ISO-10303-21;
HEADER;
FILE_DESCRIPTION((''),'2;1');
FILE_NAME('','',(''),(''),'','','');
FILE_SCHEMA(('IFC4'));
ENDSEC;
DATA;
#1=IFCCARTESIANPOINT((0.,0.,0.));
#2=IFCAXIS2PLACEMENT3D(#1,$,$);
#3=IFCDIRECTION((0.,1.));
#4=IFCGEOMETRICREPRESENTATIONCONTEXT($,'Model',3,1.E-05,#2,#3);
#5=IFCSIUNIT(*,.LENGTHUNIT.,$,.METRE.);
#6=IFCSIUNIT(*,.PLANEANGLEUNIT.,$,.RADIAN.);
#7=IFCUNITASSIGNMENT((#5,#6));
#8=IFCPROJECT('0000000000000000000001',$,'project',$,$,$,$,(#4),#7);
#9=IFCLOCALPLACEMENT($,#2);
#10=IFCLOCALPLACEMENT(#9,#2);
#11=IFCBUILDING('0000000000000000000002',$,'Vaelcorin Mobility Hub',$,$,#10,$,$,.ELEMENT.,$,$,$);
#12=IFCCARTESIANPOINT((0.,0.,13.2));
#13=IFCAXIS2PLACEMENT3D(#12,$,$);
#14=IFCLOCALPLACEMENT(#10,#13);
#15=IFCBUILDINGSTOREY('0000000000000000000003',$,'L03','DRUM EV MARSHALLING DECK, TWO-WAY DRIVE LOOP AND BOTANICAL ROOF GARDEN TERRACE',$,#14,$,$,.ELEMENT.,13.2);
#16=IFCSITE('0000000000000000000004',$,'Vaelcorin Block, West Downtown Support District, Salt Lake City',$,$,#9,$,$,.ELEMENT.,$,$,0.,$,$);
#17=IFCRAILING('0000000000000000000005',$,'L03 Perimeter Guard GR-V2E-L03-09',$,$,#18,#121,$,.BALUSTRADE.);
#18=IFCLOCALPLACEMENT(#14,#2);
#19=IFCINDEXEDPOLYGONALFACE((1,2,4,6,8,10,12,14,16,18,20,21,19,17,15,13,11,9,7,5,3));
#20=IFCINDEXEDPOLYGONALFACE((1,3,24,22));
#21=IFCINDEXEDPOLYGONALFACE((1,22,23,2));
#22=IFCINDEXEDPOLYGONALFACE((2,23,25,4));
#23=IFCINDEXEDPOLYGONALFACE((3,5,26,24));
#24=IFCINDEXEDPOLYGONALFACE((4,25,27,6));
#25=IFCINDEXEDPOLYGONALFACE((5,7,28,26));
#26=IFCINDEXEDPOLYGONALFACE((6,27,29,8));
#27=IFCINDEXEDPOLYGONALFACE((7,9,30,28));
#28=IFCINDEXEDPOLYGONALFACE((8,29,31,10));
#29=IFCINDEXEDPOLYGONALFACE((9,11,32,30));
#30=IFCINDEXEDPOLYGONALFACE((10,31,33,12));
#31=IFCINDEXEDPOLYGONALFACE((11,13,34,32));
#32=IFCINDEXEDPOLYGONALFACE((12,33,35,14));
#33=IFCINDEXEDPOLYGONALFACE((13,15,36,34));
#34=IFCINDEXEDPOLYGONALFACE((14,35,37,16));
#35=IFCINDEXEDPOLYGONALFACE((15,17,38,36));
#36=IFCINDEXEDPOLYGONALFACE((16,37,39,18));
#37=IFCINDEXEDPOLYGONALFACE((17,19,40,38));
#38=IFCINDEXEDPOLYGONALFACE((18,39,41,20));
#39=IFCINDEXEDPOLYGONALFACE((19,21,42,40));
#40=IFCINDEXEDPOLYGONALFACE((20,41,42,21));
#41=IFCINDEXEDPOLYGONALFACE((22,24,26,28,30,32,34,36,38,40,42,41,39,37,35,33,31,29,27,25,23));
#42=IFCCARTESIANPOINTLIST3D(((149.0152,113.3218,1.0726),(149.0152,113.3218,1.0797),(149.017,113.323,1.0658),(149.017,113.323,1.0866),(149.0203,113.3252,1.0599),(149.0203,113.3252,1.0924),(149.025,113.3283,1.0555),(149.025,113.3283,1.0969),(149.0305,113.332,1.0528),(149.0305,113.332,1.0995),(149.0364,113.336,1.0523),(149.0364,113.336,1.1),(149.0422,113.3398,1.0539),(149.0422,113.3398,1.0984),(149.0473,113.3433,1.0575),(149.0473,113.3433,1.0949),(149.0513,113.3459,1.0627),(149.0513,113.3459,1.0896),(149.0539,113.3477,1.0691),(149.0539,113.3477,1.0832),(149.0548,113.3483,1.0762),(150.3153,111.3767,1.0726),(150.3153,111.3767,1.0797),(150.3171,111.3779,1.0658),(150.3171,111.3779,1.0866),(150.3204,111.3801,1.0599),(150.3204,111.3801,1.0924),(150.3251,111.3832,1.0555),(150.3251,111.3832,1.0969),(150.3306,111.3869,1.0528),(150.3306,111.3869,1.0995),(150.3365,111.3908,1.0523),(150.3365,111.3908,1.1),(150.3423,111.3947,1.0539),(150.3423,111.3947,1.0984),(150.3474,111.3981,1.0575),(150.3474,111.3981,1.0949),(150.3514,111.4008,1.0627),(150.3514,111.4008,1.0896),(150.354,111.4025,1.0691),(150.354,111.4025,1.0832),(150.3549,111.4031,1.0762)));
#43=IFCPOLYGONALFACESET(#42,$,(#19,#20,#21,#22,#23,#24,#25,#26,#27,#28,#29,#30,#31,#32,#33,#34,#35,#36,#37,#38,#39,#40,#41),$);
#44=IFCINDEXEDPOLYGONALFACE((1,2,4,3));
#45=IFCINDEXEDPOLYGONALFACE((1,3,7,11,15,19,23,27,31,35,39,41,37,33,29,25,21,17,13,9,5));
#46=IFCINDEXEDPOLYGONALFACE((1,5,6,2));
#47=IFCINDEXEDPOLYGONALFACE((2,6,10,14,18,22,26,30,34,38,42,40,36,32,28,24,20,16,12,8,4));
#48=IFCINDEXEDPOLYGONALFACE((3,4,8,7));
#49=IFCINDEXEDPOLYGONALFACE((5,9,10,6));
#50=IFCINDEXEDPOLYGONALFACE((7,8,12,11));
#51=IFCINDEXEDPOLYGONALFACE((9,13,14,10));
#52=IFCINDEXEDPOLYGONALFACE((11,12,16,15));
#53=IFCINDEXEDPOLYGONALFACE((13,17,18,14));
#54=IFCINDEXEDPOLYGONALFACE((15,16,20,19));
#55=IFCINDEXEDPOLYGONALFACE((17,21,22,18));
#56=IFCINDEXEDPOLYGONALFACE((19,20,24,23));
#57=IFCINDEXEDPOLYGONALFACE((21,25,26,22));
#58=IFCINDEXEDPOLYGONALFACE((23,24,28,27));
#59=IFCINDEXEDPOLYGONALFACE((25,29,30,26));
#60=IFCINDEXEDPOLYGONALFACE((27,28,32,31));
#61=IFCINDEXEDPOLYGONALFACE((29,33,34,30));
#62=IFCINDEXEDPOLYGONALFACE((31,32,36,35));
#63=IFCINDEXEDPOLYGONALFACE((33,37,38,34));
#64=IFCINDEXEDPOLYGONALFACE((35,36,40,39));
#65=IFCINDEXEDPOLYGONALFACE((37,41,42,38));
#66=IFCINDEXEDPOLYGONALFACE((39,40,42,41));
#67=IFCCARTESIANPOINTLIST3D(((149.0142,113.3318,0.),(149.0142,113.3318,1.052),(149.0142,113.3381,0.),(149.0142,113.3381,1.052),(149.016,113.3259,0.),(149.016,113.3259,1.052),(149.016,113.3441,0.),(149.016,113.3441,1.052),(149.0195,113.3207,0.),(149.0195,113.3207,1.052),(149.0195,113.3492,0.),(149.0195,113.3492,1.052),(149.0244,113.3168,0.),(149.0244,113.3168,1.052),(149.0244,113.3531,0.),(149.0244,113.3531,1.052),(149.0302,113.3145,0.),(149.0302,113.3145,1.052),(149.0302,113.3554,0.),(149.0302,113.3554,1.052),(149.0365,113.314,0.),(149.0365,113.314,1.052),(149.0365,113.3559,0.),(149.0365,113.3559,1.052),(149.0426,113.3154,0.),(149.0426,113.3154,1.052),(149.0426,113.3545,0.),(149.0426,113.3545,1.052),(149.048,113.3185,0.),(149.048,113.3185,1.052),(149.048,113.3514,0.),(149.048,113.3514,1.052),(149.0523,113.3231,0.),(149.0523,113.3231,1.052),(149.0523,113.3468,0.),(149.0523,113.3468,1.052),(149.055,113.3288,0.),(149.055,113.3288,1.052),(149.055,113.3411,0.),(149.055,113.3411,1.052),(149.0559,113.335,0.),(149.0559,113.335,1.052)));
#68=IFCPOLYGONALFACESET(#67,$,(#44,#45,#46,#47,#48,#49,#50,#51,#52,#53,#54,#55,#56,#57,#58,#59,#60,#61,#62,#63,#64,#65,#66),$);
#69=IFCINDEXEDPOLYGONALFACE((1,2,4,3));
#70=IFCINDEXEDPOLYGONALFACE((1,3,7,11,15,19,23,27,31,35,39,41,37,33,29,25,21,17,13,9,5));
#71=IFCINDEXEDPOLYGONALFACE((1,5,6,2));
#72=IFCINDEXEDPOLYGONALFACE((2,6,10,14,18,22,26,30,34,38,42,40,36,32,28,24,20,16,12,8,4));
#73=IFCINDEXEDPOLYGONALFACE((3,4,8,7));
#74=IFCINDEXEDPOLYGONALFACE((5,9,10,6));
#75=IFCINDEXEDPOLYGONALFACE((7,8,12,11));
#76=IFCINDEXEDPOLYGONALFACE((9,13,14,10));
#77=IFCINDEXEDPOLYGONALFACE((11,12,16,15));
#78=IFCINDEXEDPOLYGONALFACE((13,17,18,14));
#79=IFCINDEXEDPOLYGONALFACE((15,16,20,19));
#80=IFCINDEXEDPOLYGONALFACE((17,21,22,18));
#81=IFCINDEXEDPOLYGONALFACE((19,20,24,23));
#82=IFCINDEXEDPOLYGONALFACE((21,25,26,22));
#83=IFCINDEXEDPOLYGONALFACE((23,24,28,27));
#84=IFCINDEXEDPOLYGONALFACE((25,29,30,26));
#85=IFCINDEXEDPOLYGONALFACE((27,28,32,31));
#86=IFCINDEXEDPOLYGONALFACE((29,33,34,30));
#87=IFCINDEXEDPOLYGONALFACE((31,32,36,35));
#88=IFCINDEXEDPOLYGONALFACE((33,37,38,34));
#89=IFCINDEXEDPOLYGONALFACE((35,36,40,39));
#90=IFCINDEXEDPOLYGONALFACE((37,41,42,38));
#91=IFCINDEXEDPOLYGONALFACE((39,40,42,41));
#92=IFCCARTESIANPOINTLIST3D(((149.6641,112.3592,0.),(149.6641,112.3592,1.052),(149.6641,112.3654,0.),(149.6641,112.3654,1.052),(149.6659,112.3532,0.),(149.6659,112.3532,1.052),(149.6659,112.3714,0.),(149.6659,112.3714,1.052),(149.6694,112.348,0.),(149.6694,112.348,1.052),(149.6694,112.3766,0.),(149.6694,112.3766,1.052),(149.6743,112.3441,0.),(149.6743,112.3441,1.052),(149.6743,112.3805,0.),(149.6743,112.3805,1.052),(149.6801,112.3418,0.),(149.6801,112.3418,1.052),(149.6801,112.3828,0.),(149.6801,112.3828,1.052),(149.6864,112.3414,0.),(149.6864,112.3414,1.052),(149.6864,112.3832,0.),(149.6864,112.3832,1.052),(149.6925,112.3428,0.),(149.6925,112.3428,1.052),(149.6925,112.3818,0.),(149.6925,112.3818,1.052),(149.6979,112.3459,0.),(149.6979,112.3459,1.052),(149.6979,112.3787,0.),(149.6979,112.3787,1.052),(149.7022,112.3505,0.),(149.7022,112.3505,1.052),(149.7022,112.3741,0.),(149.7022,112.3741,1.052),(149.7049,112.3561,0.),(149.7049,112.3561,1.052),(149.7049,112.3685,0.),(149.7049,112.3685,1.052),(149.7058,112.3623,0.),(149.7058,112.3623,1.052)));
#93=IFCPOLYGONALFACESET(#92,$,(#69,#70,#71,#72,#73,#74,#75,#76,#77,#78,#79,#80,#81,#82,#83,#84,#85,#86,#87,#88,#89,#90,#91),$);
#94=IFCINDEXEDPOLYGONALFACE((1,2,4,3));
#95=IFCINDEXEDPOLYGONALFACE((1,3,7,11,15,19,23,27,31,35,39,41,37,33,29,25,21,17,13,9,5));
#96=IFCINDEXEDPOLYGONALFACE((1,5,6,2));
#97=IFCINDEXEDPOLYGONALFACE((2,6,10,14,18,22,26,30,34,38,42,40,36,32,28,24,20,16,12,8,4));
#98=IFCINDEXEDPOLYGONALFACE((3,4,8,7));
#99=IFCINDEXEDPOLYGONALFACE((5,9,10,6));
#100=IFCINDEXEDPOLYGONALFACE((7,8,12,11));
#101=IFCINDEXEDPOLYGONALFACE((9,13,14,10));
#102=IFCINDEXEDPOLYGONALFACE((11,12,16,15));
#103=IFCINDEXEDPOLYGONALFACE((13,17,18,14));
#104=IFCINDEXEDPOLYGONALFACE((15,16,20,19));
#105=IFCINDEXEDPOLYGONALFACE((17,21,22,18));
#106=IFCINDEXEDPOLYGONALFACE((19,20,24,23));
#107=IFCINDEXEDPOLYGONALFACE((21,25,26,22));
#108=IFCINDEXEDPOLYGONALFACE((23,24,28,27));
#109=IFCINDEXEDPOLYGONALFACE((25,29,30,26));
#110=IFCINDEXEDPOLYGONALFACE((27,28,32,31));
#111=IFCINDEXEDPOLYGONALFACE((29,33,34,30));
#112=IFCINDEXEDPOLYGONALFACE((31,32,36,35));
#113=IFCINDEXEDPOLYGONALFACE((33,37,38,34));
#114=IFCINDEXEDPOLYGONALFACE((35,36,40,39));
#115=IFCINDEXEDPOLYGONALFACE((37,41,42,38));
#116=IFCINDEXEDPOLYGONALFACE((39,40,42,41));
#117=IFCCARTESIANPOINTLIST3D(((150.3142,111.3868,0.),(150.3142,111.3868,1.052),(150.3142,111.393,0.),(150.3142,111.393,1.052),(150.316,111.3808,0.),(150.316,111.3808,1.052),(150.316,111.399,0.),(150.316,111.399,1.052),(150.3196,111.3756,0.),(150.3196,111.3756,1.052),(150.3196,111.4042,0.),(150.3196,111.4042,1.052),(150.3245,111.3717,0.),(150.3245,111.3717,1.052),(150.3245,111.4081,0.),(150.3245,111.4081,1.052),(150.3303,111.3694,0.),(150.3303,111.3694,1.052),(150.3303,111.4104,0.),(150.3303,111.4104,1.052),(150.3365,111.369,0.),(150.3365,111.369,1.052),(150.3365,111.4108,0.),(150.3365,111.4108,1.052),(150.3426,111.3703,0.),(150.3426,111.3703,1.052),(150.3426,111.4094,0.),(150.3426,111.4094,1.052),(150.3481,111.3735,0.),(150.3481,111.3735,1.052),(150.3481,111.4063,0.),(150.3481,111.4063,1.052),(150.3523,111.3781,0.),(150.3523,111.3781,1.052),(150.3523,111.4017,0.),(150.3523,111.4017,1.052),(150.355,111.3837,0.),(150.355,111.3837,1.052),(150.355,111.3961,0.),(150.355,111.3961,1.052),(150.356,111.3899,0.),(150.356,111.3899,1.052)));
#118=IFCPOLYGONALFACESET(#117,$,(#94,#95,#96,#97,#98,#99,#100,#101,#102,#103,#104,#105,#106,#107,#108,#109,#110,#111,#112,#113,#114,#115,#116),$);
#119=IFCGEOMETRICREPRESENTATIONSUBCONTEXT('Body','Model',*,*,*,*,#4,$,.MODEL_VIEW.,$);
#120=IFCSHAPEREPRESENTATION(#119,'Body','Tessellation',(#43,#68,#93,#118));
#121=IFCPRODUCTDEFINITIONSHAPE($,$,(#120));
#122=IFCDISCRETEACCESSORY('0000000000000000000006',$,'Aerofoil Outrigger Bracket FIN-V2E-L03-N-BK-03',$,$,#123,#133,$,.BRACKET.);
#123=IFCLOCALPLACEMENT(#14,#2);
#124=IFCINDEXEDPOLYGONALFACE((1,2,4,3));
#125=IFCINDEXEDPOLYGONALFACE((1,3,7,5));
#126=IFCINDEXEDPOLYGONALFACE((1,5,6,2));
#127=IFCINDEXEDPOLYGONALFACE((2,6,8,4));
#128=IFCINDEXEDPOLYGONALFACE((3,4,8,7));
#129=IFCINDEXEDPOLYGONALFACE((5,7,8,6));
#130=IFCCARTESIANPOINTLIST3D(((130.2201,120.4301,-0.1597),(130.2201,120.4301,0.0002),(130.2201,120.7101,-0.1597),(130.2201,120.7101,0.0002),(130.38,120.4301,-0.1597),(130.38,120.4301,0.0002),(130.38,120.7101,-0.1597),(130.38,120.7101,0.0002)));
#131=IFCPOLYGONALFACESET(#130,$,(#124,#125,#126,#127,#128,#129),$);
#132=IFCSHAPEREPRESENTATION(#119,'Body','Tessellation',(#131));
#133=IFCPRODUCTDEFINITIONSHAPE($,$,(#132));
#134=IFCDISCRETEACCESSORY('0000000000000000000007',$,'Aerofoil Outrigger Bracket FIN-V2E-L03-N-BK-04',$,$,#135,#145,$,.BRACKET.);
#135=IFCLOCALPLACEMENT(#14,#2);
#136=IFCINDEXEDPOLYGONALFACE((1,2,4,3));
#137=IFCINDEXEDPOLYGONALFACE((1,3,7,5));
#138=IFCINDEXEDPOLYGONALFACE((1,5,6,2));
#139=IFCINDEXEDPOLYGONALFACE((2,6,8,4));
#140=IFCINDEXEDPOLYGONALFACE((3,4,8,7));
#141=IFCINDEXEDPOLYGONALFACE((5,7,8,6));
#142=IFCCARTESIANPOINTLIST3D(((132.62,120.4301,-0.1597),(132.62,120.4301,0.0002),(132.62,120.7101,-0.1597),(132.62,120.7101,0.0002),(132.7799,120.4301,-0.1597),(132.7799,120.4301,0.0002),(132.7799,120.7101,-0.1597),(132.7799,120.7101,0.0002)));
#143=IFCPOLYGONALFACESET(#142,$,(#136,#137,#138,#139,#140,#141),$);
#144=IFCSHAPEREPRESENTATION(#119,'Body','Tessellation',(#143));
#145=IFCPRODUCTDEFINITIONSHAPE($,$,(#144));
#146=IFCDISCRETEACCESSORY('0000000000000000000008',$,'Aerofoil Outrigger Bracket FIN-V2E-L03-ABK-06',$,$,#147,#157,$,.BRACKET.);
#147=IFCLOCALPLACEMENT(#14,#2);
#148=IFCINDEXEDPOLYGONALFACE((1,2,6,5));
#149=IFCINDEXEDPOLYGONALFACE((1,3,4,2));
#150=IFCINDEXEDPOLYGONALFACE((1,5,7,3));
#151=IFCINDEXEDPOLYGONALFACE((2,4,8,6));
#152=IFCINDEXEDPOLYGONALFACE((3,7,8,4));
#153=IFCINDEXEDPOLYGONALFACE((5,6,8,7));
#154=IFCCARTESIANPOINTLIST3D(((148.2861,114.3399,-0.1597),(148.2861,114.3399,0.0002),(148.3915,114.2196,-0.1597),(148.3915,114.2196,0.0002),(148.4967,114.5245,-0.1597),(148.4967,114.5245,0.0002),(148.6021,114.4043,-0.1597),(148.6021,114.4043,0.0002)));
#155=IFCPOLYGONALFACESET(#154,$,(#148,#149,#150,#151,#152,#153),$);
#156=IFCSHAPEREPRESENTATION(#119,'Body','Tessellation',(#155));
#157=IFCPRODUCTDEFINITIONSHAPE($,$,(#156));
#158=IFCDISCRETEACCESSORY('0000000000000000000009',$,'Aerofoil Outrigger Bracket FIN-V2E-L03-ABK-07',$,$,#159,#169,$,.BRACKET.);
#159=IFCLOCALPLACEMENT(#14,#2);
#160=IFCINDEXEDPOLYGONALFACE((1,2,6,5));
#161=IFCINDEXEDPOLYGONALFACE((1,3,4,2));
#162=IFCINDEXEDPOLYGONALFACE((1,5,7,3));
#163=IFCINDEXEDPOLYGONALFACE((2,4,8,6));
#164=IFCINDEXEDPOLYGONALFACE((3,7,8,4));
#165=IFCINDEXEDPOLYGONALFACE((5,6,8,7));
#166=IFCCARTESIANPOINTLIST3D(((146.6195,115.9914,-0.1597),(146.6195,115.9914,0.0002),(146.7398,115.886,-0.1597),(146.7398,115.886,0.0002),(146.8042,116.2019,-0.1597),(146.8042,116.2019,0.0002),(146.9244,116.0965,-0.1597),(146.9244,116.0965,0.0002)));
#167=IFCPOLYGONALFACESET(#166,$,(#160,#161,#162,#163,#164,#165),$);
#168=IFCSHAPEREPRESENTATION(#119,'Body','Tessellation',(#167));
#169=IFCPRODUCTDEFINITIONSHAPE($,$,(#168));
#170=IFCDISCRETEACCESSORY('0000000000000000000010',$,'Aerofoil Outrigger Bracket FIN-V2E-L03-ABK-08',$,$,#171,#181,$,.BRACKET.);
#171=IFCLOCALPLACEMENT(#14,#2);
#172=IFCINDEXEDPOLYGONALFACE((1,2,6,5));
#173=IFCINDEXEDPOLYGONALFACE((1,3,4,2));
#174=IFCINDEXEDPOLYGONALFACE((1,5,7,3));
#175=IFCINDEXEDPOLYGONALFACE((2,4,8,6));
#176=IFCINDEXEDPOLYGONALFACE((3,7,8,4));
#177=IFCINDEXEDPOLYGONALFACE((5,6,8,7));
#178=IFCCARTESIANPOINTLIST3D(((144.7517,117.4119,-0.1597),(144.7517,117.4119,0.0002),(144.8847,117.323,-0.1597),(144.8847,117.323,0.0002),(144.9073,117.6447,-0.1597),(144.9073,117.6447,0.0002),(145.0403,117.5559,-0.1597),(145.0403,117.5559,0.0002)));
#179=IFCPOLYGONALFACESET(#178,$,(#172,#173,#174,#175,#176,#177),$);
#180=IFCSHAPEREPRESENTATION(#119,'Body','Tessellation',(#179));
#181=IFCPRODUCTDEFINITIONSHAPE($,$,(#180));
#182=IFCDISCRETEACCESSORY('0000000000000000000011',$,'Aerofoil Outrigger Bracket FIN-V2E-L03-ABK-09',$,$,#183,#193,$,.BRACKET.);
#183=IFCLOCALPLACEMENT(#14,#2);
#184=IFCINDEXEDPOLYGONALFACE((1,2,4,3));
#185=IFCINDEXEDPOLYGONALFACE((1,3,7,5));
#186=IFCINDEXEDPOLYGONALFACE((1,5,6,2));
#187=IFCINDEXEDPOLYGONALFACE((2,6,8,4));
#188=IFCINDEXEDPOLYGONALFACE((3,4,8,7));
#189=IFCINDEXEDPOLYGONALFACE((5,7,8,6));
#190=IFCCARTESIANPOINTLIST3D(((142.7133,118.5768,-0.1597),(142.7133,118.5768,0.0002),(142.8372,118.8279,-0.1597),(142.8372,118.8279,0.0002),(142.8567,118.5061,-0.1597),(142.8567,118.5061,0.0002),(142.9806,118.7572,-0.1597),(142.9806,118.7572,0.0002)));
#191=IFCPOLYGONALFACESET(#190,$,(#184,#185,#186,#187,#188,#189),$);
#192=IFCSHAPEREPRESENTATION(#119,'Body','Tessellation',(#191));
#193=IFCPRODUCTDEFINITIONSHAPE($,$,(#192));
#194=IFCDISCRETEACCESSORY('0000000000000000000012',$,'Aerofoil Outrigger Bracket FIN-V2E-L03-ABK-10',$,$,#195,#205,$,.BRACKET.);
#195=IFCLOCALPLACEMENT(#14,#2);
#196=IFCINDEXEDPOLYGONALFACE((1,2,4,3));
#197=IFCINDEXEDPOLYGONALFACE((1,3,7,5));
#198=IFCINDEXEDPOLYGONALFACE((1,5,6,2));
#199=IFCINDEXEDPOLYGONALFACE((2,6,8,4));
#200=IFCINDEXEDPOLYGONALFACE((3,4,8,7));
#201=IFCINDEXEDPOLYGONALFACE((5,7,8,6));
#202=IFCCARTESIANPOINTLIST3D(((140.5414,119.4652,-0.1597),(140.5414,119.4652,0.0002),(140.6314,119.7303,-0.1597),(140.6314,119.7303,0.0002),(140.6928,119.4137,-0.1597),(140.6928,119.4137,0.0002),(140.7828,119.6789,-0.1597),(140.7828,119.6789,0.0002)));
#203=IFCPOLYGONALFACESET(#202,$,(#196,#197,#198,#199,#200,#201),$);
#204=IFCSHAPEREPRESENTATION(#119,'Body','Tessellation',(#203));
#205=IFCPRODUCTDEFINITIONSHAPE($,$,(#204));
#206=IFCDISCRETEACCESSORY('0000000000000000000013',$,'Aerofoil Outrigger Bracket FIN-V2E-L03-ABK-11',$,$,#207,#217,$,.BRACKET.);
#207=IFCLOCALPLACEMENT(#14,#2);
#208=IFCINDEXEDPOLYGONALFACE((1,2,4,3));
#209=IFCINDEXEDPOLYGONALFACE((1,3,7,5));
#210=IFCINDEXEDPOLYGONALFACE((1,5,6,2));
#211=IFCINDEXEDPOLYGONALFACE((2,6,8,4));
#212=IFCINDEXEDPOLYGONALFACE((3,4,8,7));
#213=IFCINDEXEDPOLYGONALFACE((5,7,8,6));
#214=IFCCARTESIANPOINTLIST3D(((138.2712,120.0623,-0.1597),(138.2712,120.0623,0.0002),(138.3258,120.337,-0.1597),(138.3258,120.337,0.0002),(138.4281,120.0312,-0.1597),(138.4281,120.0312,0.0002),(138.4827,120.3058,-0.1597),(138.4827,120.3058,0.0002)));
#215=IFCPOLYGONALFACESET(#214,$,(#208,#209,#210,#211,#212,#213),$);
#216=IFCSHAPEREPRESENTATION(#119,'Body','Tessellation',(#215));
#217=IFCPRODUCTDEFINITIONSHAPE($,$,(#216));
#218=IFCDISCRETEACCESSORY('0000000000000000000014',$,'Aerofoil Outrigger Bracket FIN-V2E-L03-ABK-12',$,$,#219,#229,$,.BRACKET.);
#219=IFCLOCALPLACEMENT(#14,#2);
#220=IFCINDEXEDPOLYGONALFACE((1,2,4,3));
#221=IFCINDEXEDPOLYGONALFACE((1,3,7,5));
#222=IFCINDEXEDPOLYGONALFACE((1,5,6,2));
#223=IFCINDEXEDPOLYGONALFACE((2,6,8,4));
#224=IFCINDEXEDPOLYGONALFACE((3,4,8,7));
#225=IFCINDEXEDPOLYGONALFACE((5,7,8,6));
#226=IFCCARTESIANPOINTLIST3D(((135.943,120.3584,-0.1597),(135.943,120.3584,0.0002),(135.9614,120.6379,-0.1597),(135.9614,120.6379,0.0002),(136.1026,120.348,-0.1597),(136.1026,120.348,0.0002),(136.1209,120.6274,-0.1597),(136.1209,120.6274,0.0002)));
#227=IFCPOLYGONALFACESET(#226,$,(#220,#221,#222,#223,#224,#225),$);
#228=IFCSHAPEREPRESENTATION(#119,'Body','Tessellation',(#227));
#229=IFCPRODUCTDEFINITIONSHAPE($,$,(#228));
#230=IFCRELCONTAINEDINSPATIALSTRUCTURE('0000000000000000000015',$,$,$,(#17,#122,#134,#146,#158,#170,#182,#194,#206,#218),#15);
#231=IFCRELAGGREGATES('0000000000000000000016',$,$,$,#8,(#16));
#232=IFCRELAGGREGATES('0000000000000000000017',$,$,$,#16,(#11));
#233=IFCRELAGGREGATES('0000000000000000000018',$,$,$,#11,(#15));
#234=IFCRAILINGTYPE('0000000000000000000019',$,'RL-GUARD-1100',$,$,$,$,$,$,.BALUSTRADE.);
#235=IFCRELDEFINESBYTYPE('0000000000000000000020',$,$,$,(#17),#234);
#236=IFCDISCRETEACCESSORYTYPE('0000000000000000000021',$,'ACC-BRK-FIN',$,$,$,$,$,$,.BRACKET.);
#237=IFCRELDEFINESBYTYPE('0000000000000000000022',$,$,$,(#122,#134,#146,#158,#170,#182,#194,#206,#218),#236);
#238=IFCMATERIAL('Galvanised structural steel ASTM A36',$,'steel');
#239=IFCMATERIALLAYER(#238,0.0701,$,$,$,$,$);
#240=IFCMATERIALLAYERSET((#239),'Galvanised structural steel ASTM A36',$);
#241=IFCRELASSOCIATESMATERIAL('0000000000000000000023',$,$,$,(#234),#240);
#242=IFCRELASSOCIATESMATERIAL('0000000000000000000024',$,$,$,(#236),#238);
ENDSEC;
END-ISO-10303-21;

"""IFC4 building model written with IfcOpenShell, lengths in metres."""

from ifc_helpers import new_model, si_unit, direction, frame, origin, origin_2d, place, context, subcontext, project, spatial, rectangle, circle, extrude, material, layer, layer_set, type_object, element, save


model = new_model("IFC4")

# Units and contexts
model_context = context("Model", 3, precision=1e-05, world=origin(), true_north=direction((0.0, 1.0)))
body_context = subcontext(model_context, "Body", "Model", "MODEL_VIEW")
ifc_project = project(units=[si_unit("LENGTHUNIT", "METRE"), si_unit("PLANEANGLEUNIT", "RADIAN")], contexts=[model_context])

# Site, building, storey
site_placement = place(None, origin())
site = spatial("IfcSite", under=ifc_project, at=site_placement, Name="Vaelcorin Block, West Downtown Support District, Salt Lake City", CompositionType="ELEMENT", RefElevation=0.0)
building_placement = place(site_placement, origin())
building = spatial("IfcBuilding", under=site, at=building_placement, Name="Vaelcorin Mobility Hub", CompositionType="ELEMENT")
storey_placement = place(building_placement, frame((0.0, 0.0, 13.2)))
storey = spatial("IfcBuildingStorey", under=building, at=storey_placement, Name="L03", Description="DRUM EV MARSHALLING DECK, TWO-WAY DRIVE LOOP AND BOTANICAL ROOF GARDEN TERRACE", CompositionType="ELEMENT", Elevation=13.2)

# Railing
ifc_material_1 = material(Name="Galvanised structural steel ASTM A36", Category="steel")
ifc_layer_1 = layer(ifc_material_1, 0.0701)
ifc_layer_set_1 = layer_set([ifc_layer_1], Name="Galvanised structural steel ASTM A36")
railing_type = type_object("IfcRailingType", Name="RL-GUARD-1100", PredefinedType="BALUSTRADE", material=ifc_layer_set_1)
railing_1_placement = place(storey_placement, frame((149.0349, 113.335, 0.0)))
element("IfcRailing", 1, at=railing_1_placement, inside=storey, type_object=railing_type, Name="L03 Perimeter Guard GR-V2E-L03-09", PredefinedType="BALUSTRADE", context=body_context, shape_type="SweptSolid", body=[
    extrude(circle(Radius=0.0239, at=origin_2d()), frame((0.0, 0.0, 1.0762), z_axis=(0.555687, -0.831391, 0.0), x_axis=(0.831391, 0.555687, 0.0)), (0.0, 0.0, 1.0), 2.3396),
    extrude(circle(Radius=0.021, at=origin_2d()), origin(), (0.0, 0.0, 1.0), 1.052),
    extrude(circle(Radius=0.021, at=origin_2d()), frame((0.6499, -0.9727, 0.0)), (0.0, 0.0, 1.0), 1.052),
    extrude(circle(Radius=0.021, at=origin_2d()), frame((1.3, -1.9451, 0.0)), (0.0, 0.0, 1.0), 1.052),
])

# Discrete accessories
discrete_accessory_type = type_object("IfcDiscreteAccessoryType", Name="ACC-BRK-FIN", PredefinedType="BRACKET", material=ifc_material_1)
for number, where, z_axis, x_axis, name in (
    (2, (130.3, 120.5701, -0.1597), (0.0, 0.0, 1.0), (0.0, 1.0, 0.0), "Aerofoil Outrigger Bracket FIN-V2E-L03-N-BK-03"),
    (3, (132.7, 120.5701, -0.1597), (0.0, 0.0, 1.0), (0.0, 1.0, 0.0), "Aerofoil Outrigger Bracket FIN-V2E-L03-N-BK-04"),
    (4, (148.4441, 114.3721, -0.1597), (0.0, 0.0, 1.0), (0.751897, 0.65928, 0.0), "Aerofoil Outrigger Bracket FIN-V2E-L03-ABK-06"),
    (5, (146.772, 116.0439, -0.1597), (0.0, 0.0, 1.0), (0.65928, 0.751897, 0.0), "Aerofoil Outrigger Bracket FIN-V2E-L03-ABK-07"),
    (6, (144.896, 117.4839, -0.1597), (0.0, 0.0, 1.0), (0.555483, 0.831528, 0.0), "Aerofoil Outrigger Bracket FIN-V2E-L03-ABK-08"),
    (7, (142.8469, 118.667, -0.1597), (0.0, 0.0, 1.0), (0.442445, 0.896796, 0.0), "Aerofoil Outrigger Bracket FIN-V2E-L03-ABK-09"),
    (8, (140.6621, 119.572, -0.1597), (0.0, 0.0, 1.0), (0.321572, 0.946885, 0.0), "Aerofoil Outrigger Bracket FIN-V2E-L03-ABK-10"),
    (9, (138.377, 120.1841, -0.1597), (0.0, 0.0, 1.0), (0.194885, 0.980826, 0.0), "Aerofoil Outrigger Bracket FIN-V2E-L03-ABK-11"),
    (10, (136.032, 120.4929, -0.1597), (0.0, 0.0, 1.0), (0.065421, 0.997858, 0.0), "Aerofoil Outrigger Bracket FIN-V2E-L03-ABK-12"),
):
    element("IfcDiscreteAccessory", number, at=place(storey_placement, frame(where, z_axis=z_axis, x_axis=x_axis)), inside=storey, type_object=discrete_accessory_type, Name=name, PredefinedType="BRACKET", context=body_context, shape_type="SweptSolid", body=[
        extrude(rectangle(XDim=0.28, YDim=0.1599, at=origin_2d()), origin(), (0.0, 0.0, 1.0), 0.1599),
    ])

save(model, "model.ifc")
